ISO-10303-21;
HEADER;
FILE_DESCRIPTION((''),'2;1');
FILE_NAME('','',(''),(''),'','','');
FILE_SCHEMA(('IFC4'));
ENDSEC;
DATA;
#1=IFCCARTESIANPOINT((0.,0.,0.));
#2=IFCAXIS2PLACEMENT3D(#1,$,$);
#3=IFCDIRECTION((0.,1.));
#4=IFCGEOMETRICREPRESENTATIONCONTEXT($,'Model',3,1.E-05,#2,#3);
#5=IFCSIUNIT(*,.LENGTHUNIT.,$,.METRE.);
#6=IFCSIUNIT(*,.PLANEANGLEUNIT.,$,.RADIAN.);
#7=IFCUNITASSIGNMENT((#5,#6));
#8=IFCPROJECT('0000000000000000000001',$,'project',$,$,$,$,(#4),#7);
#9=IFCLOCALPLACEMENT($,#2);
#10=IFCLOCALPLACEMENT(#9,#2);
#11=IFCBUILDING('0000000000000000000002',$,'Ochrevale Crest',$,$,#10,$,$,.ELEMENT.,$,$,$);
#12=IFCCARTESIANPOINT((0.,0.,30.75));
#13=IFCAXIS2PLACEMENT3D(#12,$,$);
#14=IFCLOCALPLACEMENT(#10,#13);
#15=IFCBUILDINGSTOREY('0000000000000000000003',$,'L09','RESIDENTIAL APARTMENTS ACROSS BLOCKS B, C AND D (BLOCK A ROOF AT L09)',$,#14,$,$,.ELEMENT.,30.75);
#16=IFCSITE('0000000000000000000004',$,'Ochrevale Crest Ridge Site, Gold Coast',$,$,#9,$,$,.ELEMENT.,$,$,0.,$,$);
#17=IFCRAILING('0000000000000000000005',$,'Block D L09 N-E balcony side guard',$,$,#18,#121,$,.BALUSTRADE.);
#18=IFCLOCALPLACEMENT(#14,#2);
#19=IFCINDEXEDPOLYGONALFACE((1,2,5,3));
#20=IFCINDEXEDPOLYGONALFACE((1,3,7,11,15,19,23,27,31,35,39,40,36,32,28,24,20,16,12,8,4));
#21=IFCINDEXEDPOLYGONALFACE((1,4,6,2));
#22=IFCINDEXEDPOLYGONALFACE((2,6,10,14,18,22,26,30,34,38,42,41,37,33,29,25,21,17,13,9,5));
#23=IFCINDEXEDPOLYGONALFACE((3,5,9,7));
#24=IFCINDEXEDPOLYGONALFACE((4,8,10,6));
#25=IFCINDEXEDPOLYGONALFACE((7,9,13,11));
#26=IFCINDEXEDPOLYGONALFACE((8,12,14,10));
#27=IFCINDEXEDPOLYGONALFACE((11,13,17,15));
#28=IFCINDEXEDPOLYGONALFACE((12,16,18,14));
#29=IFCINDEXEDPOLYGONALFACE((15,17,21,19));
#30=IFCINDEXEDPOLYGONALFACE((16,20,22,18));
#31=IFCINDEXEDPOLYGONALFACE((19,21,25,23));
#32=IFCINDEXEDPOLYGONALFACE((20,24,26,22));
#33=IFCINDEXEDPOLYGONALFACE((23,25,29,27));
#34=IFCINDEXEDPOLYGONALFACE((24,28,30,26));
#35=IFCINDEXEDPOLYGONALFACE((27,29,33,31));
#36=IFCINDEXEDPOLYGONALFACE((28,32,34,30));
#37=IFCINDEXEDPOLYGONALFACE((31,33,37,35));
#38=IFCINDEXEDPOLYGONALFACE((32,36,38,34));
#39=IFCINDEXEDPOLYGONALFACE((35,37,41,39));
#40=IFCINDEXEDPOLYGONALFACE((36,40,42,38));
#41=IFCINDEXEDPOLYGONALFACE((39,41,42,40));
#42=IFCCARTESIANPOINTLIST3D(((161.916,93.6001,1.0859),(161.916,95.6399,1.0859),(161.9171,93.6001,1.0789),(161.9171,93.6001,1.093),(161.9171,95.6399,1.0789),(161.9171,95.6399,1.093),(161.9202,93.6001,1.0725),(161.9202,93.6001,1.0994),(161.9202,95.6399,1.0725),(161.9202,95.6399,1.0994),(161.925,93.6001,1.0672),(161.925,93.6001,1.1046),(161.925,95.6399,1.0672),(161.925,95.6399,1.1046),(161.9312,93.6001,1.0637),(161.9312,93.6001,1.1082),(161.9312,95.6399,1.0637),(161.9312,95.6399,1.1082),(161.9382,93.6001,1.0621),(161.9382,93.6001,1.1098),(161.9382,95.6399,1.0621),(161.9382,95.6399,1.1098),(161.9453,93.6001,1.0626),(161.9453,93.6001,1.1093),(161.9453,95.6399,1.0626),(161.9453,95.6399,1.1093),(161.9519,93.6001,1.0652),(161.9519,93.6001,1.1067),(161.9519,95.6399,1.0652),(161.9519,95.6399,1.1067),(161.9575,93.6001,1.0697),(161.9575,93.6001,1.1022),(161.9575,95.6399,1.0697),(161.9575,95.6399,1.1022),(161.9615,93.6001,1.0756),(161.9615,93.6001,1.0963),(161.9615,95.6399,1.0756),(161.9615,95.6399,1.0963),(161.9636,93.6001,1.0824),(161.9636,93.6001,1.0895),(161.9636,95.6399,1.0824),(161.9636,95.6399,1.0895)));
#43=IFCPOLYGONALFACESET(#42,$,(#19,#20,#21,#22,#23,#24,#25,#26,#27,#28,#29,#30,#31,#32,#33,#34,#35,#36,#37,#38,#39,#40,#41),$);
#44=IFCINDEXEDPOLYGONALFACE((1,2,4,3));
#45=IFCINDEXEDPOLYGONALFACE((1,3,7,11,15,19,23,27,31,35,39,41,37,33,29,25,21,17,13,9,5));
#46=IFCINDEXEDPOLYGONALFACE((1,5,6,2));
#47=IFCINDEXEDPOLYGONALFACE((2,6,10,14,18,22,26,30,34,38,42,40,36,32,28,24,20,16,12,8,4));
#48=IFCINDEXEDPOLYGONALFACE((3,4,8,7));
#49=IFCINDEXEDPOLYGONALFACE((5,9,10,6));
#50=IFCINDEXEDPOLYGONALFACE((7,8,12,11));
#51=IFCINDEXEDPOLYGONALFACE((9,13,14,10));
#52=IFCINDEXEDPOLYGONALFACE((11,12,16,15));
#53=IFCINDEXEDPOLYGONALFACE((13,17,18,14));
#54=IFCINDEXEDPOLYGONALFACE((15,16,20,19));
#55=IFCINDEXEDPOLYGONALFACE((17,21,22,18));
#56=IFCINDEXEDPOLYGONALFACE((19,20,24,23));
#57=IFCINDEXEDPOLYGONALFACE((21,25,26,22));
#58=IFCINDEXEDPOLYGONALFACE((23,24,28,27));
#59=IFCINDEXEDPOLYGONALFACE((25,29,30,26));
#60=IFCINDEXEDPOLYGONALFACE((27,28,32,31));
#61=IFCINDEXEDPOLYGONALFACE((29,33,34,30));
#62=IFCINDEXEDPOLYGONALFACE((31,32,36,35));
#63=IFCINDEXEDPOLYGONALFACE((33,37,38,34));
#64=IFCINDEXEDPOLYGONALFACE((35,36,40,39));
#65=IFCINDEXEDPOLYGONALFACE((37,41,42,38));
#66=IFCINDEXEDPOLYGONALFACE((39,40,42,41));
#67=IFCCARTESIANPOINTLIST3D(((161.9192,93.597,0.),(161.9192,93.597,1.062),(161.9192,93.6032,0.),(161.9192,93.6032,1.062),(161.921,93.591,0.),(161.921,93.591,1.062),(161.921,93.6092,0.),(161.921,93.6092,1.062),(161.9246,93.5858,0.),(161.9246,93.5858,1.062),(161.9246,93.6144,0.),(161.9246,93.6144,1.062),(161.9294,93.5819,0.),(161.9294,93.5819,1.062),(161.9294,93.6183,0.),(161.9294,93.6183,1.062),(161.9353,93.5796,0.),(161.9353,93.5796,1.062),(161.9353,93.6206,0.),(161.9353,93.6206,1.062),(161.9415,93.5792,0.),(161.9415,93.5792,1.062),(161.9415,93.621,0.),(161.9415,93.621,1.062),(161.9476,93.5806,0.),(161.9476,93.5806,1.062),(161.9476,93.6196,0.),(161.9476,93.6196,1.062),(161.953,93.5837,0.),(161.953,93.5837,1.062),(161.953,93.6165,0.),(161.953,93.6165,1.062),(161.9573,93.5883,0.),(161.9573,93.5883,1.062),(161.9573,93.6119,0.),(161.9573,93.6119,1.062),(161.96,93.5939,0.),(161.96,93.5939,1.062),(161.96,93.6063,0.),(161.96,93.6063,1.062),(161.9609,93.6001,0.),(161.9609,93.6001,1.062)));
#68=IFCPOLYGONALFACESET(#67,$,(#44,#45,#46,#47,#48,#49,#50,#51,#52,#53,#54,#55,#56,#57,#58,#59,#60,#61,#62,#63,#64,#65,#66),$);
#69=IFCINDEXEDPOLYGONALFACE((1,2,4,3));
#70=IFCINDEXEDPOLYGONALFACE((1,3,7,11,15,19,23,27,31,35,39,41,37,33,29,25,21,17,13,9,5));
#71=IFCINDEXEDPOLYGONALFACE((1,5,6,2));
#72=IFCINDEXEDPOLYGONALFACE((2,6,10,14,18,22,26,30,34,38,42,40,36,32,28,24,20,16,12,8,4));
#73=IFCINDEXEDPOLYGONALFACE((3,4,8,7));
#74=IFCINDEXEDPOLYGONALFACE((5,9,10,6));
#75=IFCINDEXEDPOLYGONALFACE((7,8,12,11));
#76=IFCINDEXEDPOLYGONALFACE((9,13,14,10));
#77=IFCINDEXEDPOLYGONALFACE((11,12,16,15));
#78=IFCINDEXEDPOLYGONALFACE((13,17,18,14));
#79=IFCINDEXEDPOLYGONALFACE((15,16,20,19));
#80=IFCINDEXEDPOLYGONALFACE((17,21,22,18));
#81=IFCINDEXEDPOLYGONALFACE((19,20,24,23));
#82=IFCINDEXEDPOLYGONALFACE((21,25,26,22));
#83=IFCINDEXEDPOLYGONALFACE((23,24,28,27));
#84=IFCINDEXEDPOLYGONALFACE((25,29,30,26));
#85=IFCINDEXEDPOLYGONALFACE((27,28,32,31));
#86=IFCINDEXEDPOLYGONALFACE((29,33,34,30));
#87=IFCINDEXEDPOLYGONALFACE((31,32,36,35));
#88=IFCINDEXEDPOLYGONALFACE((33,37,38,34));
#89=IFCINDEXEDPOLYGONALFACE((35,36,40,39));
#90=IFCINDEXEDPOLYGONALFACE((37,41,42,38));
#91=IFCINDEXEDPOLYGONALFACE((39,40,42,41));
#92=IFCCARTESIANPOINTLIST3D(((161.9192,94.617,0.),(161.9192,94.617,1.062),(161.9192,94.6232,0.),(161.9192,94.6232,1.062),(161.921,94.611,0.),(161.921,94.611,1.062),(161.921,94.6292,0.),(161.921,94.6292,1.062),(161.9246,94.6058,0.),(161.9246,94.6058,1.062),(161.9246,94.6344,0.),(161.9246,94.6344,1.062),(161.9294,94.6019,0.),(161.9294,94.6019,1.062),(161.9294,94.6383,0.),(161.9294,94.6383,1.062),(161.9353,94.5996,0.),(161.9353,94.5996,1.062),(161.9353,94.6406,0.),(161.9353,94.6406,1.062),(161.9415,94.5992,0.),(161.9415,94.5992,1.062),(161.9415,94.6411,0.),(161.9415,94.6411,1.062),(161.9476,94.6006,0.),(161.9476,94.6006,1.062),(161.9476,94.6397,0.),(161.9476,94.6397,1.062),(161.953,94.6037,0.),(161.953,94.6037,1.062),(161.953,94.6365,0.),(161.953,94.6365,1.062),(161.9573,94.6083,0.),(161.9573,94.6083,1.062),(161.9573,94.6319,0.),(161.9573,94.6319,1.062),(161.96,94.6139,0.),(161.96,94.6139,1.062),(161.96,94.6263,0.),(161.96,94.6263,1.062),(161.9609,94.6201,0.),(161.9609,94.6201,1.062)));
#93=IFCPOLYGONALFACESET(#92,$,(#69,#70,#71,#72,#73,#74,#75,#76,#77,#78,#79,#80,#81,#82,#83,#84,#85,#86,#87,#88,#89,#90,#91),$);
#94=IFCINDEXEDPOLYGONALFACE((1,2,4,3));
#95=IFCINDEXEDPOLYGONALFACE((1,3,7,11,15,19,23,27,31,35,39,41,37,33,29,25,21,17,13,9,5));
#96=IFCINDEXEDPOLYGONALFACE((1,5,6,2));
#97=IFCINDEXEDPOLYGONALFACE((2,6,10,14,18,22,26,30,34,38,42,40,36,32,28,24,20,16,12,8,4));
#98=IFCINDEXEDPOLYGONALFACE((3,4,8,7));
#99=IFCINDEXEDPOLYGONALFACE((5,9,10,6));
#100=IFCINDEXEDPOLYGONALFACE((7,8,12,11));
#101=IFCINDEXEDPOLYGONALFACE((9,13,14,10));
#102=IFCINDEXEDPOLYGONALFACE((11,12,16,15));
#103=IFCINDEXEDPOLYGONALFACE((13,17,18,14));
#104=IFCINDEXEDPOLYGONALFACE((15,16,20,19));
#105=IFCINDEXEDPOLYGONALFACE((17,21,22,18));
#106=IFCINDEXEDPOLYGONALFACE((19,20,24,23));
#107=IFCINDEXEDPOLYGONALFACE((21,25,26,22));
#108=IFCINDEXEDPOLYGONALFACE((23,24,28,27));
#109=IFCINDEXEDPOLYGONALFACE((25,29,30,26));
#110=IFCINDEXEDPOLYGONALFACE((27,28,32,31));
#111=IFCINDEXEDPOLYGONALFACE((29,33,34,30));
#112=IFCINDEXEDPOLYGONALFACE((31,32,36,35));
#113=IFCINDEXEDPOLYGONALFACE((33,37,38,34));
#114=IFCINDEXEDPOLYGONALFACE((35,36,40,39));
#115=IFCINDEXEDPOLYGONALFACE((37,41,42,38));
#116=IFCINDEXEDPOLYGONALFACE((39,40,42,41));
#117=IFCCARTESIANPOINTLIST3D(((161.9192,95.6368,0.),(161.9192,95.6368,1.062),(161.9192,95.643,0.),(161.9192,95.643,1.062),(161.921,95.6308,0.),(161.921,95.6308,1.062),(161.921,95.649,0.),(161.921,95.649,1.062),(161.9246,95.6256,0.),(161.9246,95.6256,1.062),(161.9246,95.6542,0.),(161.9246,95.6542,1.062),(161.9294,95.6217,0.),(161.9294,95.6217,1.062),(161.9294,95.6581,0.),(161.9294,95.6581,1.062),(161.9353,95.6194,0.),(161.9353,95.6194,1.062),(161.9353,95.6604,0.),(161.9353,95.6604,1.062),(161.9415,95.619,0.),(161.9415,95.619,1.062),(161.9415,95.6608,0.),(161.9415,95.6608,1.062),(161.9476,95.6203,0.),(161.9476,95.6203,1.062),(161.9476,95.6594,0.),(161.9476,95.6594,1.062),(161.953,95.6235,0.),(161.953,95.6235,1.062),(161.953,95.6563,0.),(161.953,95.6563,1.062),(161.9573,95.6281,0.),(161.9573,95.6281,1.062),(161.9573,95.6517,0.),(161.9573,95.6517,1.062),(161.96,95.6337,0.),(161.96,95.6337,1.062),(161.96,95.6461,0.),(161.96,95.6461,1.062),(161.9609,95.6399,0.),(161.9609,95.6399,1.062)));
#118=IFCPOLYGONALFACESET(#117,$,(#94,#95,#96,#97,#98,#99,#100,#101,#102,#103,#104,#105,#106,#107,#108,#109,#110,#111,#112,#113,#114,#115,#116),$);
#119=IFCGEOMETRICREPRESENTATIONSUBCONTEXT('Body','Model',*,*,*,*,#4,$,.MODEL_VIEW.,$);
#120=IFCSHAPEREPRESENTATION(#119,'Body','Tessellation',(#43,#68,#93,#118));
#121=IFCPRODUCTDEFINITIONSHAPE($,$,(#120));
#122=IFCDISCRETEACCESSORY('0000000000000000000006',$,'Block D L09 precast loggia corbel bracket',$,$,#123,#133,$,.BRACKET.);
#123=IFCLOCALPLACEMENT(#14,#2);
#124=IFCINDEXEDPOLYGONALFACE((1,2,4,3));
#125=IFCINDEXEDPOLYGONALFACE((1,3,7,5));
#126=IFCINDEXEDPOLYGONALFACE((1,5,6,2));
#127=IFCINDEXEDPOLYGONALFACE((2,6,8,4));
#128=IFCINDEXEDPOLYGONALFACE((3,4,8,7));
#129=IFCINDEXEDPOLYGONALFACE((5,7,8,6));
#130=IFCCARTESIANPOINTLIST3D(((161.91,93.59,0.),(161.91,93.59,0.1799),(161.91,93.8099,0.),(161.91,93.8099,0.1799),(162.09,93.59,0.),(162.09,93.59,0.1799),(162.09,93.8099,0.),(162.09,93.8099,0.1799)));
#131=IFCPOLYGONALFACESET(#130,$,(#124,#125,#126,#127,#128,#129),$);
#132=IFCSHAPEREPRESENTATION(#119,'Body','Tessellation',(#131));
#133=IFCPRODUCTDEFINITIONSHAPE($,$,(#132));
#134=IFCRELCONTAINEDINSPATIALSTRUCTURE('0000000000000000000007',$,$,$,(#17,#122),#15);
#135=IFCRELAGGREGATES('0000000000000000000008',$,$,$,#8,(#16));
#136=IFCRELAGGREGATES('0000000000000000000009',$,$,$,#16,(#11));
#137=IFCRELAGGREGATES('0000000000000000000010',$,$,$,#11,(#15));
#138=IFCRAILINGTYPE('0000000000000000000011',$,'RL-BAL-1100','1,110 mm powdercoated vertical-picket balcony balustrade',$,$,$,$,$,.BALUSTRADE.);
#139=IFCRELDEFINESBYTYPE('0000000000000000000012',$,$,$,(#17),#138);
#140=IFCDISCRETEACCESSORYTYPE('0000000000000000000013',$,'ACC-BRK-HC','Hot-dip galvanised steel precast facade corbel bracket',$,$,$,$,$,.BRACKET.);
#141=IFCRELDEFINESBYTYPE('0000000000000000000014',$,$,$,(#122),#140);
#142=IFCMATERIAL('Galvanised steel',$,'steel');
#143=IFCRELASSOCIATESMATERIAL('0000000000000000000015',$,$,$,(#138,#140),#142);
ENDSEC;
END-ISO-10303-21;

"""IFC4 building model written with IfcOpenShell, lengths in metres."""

from ifc_helpers import new_model, si_unit, direction, frame, origin, origin_2d, place, context, subcontext, project, spatial, rectangle, circle, extrude, material, type_object, element, save


model = new_model("IFC4")

# Units and contexts
model_context = context("Model", 3, precision=1e-05, world=origin(), true_north=direction((0.0, 1.0)))
body_context = subcontext(model_context, "Body", "Model", "MODEL_VIEW")
ifc_project = project(units=[si_unit("LENGTHUNIT", "METRE"), si_unit("PLANEANGLEUNIT", "RADIAN")], contexts=[model_context])

# Site, building, storey
site_placement = place(None, origin())
site = spatial("IfcSite", under=ifc_project, at=site_placement, Name="Ochrevale Crest Ridge Site, Gold Coast", CompositionType="ELEMENT", RefElevation=0.0)
building_placement = place(site_placement, origin())
building = spatial("IfcBuilding", under=site, at=building_placement, Name="Ochrevale Crest", CompositionType="ELEMENT")
storey_placement = place(building_placement, frame((0.0, 0.0, 30.75)))
storey = spatial("IfcBuildingStorey", under=building, at=storey_placement, Name="L09", Description="RESIDENTIAL APARTMENTS ACROSS BLOCKS B, C AND D (BLOCK A ROOF AT L09)", CompositionType="ELEMENT", Elevation=30.75)

# Railing
ifc_material_1 = material(Name="Galvanised steel", Category="steel")
railing_type = type_object("IfcRailingType", Name="RL-BAL-1100", Description="1,110 mm powdercoated vertical-picket balcony balustrade", PredefinedType="BALUSTRADE", material=ifc_material_1)
railing_placement = place(storey_placement, frame((161.9399, 93.6001, 0.0)))
element("IfcRailing", 1, at=railing_placement, inside=storey, type_object=railing_type, Name="Block D L09 N-E balcony side guard", PredefinedType="BALUSTRADE", context=body_context, shape_type="SweptSolid", body=[
    extrude(circle(Radius=0.0239, at=origin_2d()), frame((0.0, 0.0, 1.0859), z_axis=(0.0, 1.0, 0.0), x_axis=(-1.0, 0.0, 0.0)), (0.0, 0.0, 1.0), 2.0398),
    extrude(circle(Radius=0.021, at=origin_2d()), origin(), (0.0, 0.0, 1.0), 1.062),
    extrude(circle(Radius=0.021, at=origin_2d()), frame((0.0, 1.02, 0.0)), (0.0, 0.0, 1.0), 1.062),
    extrude(circle(Radius=0.021, at=origin_2d()), frame((0.0, 2.0398, 0.0)), (0.0, 0.0, 1.0), 1.062),
])

# Discrete accessory
discrete_accessory_type = type_object("IfcDiscreteAccessoryType", Name="ACC-BRK-HC", Description="Hot-dip galvanised steel precast facade corbel bracket", PredefinedType="BRACKET", material=ifc_material_1)
discrete_accessory_placement = place(storey_placement, frame((162.0, 93.7, 0.0), z_axis=(0.0, 0.0, 1.0), x_axis=(1.0, 0.0, 0.0)))
element("IfcDiscreteAccessory", 2, at=discrete_accessory_placement, inside=storey, type_object=discrete_accessory_type, Name="Block D L09 precast loggia corbel bracket", PredefinedType="BRACKET", context=body_context, shape_type="SweptSolid", body=[
    extrude(rectangle(XDim=0.1799, YDim=0.22, at=origin_2d()), origin(), (0.0, 0.0, 1.0), 0.1799),
])

save(model, "model.ifc")
